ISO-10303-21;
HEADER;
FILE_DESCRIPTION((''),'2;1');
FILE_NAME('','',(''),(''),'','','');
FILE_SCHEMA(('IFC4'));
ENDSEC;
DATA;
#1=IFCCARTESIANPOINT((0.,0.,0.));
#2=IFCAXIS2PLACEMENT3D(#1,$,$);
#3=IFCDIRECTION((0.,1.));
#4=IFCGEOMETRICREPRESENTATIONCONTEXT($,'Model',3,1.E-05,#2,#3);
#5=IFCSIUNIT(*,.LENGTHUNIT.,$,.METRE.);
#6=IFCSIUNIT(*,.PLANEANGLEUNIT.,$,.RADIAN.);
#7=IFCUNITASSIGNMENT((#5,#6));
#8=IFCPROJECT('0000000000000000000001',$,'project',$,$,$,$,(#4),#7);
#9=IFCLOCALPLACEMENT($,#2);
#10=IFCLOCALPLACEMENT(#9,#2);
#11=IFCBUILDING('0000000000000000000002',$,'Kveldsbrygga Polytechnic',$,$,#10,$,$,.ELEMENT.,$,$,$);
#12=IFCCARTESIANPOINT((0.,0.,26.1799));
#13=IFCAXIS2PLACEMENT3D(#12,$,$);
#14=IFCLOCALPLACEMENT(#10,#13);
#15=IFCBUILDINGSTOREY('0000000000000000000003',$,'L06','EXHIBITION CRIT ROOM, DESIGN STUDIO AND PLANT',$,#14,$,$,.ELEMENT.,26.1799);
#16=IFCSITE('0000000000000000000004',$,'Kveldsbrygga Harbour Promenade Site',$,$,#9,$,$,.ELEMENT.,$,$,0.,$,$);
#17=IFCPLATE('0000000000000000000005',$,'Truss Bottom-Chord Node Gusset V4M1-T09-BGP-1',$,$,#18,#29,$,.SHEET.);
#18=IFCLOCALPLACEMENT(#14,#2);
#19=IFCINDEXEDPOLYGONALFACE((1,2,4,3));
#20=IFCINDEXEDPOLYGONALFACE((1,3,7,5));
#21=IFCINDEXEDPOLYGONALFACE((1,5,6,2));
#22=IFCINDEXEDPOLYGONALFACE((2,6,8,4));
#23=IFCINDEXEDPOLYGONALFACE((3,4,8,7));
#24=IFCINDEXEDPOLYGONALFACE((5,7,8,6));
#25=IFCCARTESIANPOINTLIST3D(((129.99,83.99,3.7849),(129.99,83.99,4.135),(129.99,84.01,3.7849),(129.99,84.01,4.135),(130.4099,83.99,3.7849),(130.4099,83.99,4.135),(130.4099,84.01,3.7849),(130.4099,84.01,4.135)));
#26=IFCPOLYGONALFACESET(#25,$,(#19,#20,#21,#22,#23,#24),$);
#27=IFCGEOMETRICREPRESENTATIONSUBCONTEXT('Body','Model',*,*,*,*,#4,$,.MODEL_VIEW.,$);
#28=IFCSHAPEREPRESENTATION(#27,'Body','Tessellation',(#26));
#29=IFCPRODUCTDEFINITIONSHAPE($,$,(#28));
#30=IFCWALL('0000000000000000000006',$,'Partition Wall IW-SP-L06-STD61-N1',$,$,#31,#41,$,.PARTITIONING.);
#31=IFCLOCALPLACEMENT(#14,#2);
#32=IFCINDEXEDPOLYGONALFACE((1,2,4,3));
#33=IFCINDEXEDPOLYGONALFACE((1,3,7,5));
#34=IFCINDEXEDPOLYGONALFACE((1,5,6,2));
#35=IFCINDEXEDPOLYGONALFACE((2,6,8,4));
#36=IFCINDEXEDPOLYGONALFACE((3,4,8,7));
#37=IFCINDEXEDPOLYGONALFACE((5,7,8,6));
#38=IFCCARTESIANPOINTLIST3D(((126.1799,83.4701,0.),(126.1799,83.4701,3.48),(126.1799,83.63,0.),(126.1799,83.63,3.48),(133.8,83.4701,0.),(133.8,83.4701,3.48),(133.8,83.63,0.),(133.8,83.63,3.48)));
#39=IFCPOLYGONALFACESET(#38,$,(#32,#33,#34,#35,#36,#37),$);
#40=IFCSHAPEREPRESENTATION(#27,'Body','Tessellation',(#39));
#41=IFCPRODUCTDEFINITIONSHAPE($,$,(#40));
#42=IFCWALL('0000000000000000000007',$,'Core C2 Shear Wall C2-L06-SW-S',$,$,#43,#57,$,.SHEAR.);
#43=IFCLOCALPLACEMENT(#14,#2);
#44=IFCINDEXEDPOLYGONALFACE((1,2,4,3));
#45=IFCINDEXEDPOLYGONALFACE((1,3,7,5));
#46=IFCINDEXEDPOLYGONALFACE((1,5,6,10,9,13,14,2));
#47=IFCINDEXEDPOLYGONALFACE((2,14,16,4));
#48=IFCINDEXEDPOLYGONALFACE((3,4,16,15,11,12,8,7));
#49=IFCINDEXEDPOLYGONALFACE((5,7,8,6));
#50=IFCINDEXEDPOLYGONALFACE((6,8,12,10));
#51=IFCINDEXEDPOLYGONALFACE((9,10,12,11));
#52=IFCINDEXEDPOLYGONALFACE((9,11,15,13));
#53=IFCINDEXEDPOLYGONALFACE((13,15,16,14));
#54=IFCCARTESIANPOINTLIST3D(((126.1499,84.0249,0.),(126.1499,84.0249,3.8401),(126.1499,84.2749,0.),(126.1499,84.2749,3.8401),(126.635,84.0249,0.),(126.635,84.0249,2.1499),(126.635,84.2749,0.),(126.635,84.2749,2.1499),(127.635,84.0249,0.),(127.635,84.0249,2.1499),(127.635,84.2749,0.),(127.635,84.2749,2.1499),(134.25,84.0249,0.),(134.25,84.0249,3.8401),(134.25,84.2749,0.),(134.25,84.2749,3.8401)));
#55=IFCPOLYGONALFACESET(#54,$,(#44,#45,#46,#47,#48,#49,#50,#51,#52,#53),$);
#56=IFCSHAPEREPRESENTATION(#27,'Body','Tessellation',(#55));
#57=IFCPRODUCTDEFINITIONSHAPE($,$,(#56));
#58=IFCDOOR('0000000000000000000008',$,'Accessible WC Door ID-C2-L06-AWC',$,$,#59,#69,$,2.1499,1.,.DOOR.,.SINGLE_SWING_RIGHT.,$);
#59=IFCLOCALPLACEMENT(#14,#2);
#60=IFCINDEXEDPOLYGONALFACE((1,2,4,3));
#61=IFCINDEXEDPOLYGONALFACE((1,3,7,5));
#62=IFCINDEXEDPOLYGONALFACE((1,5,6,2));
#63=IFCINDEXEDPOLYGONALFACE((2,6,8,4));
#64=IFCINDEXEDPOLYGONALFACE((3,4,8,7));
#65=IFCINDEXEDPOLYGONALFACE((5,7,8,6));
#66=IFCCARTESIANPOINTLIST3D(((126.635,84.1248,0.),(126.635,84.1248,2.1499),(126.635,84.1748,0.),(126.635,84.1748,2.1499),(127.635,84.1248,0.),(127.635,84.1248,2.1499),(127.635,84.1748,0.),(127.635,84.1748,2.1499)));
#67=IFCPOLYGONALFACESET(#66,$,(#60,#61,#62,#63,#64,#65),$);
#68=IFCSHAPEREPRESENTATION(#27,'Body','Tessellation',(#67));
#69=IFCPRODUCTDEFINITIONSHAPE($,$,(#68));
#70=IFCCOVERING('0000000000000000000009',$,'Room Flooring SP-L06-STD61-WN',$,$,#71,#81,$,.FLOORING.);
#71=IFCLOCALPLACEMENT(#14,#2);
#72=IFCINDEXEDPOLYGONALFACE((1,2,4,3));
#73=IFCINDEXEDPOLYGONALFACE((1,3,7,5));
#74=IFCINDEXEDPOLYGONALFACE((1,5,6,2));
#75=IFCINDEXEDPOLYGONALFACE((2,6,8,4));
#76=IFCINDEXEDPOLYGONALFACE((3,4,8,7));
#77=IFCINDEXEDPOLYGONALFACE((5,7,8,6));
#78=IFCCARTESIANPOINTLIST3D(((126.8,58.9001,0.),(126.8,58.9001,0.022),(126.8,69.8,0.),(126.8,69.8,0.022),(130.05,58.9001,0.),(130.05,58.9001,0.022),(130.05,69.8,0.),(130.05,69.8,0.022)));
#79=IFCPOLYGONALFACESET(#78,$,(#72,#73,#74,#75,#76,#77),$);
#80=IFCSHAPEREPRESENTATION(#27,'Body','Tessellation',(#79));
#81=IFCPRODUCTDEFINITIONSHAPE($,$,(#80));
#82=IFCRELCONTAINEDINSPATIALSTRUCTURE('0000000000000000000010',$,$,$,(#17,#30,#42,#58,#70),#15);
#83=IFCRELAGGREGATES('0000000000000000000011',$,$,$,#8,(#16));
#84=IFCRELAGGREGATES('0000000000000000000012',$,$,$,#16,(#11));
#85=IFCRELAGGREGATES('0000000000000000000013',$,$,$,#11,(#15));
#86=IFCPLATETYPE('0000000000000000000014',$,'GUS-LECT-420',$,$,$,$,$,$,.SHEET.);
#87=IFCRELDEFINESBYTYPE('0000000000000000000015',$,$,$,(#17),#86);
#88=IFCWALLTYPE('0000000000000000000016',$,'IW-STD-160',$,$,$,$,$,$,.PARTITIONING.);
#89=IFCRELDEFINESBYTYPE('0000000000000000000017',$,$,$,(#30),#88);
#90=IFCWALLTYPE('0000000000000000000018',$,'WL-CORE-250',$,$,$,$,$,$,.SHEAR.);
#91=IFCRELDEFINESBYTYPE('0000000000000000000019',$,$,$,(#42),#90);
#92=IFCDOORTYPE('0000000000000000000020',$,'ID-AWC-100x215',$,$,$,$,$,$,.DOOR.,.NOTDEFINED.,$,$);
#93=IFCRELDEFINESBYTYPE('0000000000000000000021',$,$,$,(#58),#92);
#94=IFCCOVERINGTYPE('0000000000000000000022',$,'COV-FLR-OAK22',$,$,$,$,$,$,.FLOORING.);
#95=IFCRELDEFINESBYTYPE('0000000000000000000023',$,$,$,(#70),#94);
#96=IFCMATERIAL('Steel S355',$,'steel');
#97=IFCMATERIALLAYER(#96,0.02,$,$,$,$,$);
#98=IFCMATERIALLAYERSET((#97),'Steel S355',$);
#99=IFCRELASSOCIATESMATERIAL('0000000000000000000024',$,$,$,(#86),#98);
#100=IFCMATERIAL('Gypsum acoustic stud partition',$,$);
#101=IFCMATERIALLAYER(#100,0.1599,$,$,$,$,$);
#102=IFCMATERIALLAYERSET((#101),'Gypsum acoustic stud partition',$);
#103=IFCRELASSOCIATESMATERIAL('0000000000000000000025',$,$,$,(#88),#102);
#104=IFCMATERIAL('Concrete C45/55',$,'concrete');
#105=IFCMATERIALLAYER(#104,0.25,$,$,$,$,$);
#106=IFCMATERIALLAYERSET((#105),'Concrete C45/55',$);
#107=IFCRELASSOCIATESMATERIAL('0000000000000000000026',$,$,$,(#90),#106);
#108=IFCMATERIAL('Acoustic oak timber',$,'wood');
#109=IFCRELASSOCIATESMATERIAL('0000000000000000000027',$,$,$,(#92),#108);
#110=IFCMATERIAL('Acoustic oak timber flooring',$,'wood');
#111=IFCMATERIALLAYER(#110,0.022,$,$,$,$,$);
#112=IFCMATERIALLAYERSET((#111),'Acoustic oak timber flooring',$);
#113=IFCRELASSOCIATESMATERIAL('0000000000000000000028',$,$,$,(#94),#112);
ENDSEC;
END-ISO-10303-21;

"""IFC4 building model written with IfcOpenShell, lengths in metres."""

from ifc_helpers import new_model, si_unit, direction, frame, frame_2d, origin, origin_2d, place, context, subcontext, project, spatial, rectangle, extrude, material, layer, layer_set, type_object, element, fill, save


model = new_model("IFC4")

# Units and contexts
model_context = context("Model", 3, precision=1e-05, world=origin(), true_north=direction((0.0, 1.0)))
body_context = subcontext(model_context, "Body", "Model", "MODEL_VIEW")
ifc_project = project(units=[si_unit("LENGTHUNIT", "METRE"), si_unit("PLANEANGLEUNIT", "RADIAN")], contexts=[model_context])

# Site, building, storey
site_placement = place(None, origin())
site = spatial("IfcSite", under=ifc_project, at=site_placement, Name="Kveldsbrygga Harbour Promenade Site", CompositionType="ELEMENT", RefElevation=0.0)
building_placement = place(site_placement, origin())
building = spatial("IfcBuilding", under=site, at=building_placement, Name="Kveldsbrygga Polytechnic", CompositionType="ELEMENT")
storey_placement = place(building_placement, frame((0.0, 0.0, 26.1799)))
storey = spatial("IfcBuildingStorey", under=building, at=storey_placement, Name="L06", Description="EXHIBITION CRIT ROOM, DESIGN STUDIO AND PLANT", CompositionType="ELEMENT", Elevation=26.1799)

# Shared definitions
ifc_material_1 = material(Name="Steel S355", Category="steel")

# Plate
ifc_layer_1 = layer(ifc_material_1, 0.02)
ifc_layer_set_1 = layer_set([ifc_layer_1], Name="Steel S355")
plate_type_1 = type_object("IfcPlateType", Name="GUS-LECT-420", PredefinedType="SHEET", material=ifc_layer_set_1)
for number, where, z_axis, x_axis, name in (
    (1, (130.2, 84.0, 3.7849), (0.0, 0.0, 1.0), (1.0, 0.0, 0.0), "Truss Bottom-Chord Node Gusset V4M1-T09-BGP-1"),
):
    element("IfcPlate", number, at=place(storey_placement, frame(where, z_axis=z_axis, x_axis=x_axis)), inside=storey, type_object=plate_type_1, Name=name, PredefinedType="SHEET", context=body_context, shape_type="SweptSolid", body=[
        extrude(rectangle(XDim=0.4199, YDim=0.02, at=origin_2d()), origin(), (0.0, 0.0, 1.0), 0.3501),
    ])

# Wall
ifc_material_2 = material(Name="Gypsum acoustic stud partition")
ifc_layer_2 = layer(ifc_material_2, 0.1599)
ifc_layer_set_2 = layer_set([ifc_layer_2], Name="Gypsum acoustic stud partition")
wall_type_1 = type_object("IfcWallType", Name="IW-STD-160", PredefinedType="PARTITIONING", material=ifc_layer_set_2)
wall_1_placement = place(storey_placement, frame((126.1799, 83.55, 0.0), z_axis=(0.0, 0.0, 1.0), x_axis=(1.0, 0.0, 0.0)))
element("IfcWall", 2, at=wall_1_placement, inside=storey, type_object=wall_type_1, Name="Partition Wall IW-SP-L06-STD61-N1", PredefinedType="PARTITIONING", context=body_context, shape_type="SweptSolid", body=[
    extrude(rectangle(XDim=7.6201, YDim=0.1599, at=frame_2d((3.8101, 0.0))), origin(), (0.0, 0.0, 1.0), 3.48),
])

# Wall, opening, door
ifc_material_3 = material(Name="Concrete C45/55", Category="concrete")
ifc_layer_3 = layer(ifc_material_3, 0.25)
ifc_layer_set_3 = layer_set([ifc_layer_3], Name="Concrete C45/55")
wall_type_2 = type_object("IfcWallType", Name="WL-CORE-250", PredefinedType="SHEAR", material=ifc_layer_set_3)
wall_2_placement = place(storey_placement, frame((126.1499, 84.1499, 0.0), z_axis=(0.0, 0.0, 1.0), x_axis=(1.0, 0.0, 0.0)))
wall_2 = element("IfcWall", 3, at=wall_2_placement, inside=storey, type_object=wall_type_2, Name="Core C2 Shear Wall C2-L06-SW-S", PredefinedType="SHEAR", context=body_context, shape_type="SweptSolid", body=[
    extrude(rectangle(XDim=8.1001, YDim=0.25, at=frame_2d((4.05, 0.0))), origin(), (0.0, 0.0, 1.0), 3.8401),
])
opening_placement = place(wall_2_placement, frame((0.4851, 0.0, 0.0)))
opening = element("IfcOpeningElement", 4, at=opening_placement, cuts=wall_2, PredefinedType="OPENING", context=body_context, shape_type="SweptSolid", body=[
    extrude(rectangle(XDim=1.0, YDim=2.1499, at=frame_2d((0.5, 1.075))), frame((0.0, 0.135, 0.0), z_axis=(0.0, -1.0, 0.0), x_axis=(1.0, 0.0, 0.0)), (0.0, 0.0, 1.0), 0.27),
])
ifc_material_4 = material(Name="Acoustic oak timber", Category="wood")
door_type = type_object("IfcDoorType", Name="ID-AWC-100x215", OperationType="NOTDEFINED", PredefinedType="DOOR", material=ifc_material_4)
door_placement = place(opening_placement, origin())
door = element("IfcDoor", 5, at=door_placement, inside=storey, type_object=door_type, Name="Accessible WC Door ID-C2-L06-AWC", OperationType="SINGLE_SWING_RIGHT", OverallHeight=2.1499, OverallWidth=1.0, PredefinedType="DOOR", context=body_context, shape_type="SweptSolid", body=[
    extrude(rectangle(XDim=1.0, YDim=2.1499, at=frame_2d((0.5, 1.075))), frame((0.0, 0.0249, 0.0), z_axis=(0.0, -1.0, 0.0), x_axis=(1.0, 0.0, 0.0)), (0.0, 0.0, 1.0), 0.05),
])
fill(opening, door)

# Covering
ifc_material_5 = material(Name="Acoustic oak timber flooring", Category="wood")
ifc_layer_4 = layer(ifc_material_5, 0.022)
ifc_layer_set_4 = layer_set([ifc_layer_4], Name="Acoustic oak timber flooring")
covering_type = type_object("IfcCoveringType", Name="COV-FLR-OAK22", PredefinedType="FLOORING", material=ifc_layer_set_4)
covering_placement = place(storey_placement, frame((128.425, 64.3501, 0.0), z_axis=(0.0, 0.0, 1.0), x_axis=(1.0, 0.0, 0.0)))
element("IfcCovering", 6, at=covering_placement, inside=storey, type_object=covering_type, Name="Room Flooring SP-L06-STD61-WN", PredefinedType="FLOORING", context=body_context, shape_type="SweptSolid", body=[
    extrude(rectangle(XDim=3.25, YDim=10.8999, at=origin_2d()), origin(), (0.0, 0.0, 1.0), 0.022),
])

save(model, "model.ifc")
